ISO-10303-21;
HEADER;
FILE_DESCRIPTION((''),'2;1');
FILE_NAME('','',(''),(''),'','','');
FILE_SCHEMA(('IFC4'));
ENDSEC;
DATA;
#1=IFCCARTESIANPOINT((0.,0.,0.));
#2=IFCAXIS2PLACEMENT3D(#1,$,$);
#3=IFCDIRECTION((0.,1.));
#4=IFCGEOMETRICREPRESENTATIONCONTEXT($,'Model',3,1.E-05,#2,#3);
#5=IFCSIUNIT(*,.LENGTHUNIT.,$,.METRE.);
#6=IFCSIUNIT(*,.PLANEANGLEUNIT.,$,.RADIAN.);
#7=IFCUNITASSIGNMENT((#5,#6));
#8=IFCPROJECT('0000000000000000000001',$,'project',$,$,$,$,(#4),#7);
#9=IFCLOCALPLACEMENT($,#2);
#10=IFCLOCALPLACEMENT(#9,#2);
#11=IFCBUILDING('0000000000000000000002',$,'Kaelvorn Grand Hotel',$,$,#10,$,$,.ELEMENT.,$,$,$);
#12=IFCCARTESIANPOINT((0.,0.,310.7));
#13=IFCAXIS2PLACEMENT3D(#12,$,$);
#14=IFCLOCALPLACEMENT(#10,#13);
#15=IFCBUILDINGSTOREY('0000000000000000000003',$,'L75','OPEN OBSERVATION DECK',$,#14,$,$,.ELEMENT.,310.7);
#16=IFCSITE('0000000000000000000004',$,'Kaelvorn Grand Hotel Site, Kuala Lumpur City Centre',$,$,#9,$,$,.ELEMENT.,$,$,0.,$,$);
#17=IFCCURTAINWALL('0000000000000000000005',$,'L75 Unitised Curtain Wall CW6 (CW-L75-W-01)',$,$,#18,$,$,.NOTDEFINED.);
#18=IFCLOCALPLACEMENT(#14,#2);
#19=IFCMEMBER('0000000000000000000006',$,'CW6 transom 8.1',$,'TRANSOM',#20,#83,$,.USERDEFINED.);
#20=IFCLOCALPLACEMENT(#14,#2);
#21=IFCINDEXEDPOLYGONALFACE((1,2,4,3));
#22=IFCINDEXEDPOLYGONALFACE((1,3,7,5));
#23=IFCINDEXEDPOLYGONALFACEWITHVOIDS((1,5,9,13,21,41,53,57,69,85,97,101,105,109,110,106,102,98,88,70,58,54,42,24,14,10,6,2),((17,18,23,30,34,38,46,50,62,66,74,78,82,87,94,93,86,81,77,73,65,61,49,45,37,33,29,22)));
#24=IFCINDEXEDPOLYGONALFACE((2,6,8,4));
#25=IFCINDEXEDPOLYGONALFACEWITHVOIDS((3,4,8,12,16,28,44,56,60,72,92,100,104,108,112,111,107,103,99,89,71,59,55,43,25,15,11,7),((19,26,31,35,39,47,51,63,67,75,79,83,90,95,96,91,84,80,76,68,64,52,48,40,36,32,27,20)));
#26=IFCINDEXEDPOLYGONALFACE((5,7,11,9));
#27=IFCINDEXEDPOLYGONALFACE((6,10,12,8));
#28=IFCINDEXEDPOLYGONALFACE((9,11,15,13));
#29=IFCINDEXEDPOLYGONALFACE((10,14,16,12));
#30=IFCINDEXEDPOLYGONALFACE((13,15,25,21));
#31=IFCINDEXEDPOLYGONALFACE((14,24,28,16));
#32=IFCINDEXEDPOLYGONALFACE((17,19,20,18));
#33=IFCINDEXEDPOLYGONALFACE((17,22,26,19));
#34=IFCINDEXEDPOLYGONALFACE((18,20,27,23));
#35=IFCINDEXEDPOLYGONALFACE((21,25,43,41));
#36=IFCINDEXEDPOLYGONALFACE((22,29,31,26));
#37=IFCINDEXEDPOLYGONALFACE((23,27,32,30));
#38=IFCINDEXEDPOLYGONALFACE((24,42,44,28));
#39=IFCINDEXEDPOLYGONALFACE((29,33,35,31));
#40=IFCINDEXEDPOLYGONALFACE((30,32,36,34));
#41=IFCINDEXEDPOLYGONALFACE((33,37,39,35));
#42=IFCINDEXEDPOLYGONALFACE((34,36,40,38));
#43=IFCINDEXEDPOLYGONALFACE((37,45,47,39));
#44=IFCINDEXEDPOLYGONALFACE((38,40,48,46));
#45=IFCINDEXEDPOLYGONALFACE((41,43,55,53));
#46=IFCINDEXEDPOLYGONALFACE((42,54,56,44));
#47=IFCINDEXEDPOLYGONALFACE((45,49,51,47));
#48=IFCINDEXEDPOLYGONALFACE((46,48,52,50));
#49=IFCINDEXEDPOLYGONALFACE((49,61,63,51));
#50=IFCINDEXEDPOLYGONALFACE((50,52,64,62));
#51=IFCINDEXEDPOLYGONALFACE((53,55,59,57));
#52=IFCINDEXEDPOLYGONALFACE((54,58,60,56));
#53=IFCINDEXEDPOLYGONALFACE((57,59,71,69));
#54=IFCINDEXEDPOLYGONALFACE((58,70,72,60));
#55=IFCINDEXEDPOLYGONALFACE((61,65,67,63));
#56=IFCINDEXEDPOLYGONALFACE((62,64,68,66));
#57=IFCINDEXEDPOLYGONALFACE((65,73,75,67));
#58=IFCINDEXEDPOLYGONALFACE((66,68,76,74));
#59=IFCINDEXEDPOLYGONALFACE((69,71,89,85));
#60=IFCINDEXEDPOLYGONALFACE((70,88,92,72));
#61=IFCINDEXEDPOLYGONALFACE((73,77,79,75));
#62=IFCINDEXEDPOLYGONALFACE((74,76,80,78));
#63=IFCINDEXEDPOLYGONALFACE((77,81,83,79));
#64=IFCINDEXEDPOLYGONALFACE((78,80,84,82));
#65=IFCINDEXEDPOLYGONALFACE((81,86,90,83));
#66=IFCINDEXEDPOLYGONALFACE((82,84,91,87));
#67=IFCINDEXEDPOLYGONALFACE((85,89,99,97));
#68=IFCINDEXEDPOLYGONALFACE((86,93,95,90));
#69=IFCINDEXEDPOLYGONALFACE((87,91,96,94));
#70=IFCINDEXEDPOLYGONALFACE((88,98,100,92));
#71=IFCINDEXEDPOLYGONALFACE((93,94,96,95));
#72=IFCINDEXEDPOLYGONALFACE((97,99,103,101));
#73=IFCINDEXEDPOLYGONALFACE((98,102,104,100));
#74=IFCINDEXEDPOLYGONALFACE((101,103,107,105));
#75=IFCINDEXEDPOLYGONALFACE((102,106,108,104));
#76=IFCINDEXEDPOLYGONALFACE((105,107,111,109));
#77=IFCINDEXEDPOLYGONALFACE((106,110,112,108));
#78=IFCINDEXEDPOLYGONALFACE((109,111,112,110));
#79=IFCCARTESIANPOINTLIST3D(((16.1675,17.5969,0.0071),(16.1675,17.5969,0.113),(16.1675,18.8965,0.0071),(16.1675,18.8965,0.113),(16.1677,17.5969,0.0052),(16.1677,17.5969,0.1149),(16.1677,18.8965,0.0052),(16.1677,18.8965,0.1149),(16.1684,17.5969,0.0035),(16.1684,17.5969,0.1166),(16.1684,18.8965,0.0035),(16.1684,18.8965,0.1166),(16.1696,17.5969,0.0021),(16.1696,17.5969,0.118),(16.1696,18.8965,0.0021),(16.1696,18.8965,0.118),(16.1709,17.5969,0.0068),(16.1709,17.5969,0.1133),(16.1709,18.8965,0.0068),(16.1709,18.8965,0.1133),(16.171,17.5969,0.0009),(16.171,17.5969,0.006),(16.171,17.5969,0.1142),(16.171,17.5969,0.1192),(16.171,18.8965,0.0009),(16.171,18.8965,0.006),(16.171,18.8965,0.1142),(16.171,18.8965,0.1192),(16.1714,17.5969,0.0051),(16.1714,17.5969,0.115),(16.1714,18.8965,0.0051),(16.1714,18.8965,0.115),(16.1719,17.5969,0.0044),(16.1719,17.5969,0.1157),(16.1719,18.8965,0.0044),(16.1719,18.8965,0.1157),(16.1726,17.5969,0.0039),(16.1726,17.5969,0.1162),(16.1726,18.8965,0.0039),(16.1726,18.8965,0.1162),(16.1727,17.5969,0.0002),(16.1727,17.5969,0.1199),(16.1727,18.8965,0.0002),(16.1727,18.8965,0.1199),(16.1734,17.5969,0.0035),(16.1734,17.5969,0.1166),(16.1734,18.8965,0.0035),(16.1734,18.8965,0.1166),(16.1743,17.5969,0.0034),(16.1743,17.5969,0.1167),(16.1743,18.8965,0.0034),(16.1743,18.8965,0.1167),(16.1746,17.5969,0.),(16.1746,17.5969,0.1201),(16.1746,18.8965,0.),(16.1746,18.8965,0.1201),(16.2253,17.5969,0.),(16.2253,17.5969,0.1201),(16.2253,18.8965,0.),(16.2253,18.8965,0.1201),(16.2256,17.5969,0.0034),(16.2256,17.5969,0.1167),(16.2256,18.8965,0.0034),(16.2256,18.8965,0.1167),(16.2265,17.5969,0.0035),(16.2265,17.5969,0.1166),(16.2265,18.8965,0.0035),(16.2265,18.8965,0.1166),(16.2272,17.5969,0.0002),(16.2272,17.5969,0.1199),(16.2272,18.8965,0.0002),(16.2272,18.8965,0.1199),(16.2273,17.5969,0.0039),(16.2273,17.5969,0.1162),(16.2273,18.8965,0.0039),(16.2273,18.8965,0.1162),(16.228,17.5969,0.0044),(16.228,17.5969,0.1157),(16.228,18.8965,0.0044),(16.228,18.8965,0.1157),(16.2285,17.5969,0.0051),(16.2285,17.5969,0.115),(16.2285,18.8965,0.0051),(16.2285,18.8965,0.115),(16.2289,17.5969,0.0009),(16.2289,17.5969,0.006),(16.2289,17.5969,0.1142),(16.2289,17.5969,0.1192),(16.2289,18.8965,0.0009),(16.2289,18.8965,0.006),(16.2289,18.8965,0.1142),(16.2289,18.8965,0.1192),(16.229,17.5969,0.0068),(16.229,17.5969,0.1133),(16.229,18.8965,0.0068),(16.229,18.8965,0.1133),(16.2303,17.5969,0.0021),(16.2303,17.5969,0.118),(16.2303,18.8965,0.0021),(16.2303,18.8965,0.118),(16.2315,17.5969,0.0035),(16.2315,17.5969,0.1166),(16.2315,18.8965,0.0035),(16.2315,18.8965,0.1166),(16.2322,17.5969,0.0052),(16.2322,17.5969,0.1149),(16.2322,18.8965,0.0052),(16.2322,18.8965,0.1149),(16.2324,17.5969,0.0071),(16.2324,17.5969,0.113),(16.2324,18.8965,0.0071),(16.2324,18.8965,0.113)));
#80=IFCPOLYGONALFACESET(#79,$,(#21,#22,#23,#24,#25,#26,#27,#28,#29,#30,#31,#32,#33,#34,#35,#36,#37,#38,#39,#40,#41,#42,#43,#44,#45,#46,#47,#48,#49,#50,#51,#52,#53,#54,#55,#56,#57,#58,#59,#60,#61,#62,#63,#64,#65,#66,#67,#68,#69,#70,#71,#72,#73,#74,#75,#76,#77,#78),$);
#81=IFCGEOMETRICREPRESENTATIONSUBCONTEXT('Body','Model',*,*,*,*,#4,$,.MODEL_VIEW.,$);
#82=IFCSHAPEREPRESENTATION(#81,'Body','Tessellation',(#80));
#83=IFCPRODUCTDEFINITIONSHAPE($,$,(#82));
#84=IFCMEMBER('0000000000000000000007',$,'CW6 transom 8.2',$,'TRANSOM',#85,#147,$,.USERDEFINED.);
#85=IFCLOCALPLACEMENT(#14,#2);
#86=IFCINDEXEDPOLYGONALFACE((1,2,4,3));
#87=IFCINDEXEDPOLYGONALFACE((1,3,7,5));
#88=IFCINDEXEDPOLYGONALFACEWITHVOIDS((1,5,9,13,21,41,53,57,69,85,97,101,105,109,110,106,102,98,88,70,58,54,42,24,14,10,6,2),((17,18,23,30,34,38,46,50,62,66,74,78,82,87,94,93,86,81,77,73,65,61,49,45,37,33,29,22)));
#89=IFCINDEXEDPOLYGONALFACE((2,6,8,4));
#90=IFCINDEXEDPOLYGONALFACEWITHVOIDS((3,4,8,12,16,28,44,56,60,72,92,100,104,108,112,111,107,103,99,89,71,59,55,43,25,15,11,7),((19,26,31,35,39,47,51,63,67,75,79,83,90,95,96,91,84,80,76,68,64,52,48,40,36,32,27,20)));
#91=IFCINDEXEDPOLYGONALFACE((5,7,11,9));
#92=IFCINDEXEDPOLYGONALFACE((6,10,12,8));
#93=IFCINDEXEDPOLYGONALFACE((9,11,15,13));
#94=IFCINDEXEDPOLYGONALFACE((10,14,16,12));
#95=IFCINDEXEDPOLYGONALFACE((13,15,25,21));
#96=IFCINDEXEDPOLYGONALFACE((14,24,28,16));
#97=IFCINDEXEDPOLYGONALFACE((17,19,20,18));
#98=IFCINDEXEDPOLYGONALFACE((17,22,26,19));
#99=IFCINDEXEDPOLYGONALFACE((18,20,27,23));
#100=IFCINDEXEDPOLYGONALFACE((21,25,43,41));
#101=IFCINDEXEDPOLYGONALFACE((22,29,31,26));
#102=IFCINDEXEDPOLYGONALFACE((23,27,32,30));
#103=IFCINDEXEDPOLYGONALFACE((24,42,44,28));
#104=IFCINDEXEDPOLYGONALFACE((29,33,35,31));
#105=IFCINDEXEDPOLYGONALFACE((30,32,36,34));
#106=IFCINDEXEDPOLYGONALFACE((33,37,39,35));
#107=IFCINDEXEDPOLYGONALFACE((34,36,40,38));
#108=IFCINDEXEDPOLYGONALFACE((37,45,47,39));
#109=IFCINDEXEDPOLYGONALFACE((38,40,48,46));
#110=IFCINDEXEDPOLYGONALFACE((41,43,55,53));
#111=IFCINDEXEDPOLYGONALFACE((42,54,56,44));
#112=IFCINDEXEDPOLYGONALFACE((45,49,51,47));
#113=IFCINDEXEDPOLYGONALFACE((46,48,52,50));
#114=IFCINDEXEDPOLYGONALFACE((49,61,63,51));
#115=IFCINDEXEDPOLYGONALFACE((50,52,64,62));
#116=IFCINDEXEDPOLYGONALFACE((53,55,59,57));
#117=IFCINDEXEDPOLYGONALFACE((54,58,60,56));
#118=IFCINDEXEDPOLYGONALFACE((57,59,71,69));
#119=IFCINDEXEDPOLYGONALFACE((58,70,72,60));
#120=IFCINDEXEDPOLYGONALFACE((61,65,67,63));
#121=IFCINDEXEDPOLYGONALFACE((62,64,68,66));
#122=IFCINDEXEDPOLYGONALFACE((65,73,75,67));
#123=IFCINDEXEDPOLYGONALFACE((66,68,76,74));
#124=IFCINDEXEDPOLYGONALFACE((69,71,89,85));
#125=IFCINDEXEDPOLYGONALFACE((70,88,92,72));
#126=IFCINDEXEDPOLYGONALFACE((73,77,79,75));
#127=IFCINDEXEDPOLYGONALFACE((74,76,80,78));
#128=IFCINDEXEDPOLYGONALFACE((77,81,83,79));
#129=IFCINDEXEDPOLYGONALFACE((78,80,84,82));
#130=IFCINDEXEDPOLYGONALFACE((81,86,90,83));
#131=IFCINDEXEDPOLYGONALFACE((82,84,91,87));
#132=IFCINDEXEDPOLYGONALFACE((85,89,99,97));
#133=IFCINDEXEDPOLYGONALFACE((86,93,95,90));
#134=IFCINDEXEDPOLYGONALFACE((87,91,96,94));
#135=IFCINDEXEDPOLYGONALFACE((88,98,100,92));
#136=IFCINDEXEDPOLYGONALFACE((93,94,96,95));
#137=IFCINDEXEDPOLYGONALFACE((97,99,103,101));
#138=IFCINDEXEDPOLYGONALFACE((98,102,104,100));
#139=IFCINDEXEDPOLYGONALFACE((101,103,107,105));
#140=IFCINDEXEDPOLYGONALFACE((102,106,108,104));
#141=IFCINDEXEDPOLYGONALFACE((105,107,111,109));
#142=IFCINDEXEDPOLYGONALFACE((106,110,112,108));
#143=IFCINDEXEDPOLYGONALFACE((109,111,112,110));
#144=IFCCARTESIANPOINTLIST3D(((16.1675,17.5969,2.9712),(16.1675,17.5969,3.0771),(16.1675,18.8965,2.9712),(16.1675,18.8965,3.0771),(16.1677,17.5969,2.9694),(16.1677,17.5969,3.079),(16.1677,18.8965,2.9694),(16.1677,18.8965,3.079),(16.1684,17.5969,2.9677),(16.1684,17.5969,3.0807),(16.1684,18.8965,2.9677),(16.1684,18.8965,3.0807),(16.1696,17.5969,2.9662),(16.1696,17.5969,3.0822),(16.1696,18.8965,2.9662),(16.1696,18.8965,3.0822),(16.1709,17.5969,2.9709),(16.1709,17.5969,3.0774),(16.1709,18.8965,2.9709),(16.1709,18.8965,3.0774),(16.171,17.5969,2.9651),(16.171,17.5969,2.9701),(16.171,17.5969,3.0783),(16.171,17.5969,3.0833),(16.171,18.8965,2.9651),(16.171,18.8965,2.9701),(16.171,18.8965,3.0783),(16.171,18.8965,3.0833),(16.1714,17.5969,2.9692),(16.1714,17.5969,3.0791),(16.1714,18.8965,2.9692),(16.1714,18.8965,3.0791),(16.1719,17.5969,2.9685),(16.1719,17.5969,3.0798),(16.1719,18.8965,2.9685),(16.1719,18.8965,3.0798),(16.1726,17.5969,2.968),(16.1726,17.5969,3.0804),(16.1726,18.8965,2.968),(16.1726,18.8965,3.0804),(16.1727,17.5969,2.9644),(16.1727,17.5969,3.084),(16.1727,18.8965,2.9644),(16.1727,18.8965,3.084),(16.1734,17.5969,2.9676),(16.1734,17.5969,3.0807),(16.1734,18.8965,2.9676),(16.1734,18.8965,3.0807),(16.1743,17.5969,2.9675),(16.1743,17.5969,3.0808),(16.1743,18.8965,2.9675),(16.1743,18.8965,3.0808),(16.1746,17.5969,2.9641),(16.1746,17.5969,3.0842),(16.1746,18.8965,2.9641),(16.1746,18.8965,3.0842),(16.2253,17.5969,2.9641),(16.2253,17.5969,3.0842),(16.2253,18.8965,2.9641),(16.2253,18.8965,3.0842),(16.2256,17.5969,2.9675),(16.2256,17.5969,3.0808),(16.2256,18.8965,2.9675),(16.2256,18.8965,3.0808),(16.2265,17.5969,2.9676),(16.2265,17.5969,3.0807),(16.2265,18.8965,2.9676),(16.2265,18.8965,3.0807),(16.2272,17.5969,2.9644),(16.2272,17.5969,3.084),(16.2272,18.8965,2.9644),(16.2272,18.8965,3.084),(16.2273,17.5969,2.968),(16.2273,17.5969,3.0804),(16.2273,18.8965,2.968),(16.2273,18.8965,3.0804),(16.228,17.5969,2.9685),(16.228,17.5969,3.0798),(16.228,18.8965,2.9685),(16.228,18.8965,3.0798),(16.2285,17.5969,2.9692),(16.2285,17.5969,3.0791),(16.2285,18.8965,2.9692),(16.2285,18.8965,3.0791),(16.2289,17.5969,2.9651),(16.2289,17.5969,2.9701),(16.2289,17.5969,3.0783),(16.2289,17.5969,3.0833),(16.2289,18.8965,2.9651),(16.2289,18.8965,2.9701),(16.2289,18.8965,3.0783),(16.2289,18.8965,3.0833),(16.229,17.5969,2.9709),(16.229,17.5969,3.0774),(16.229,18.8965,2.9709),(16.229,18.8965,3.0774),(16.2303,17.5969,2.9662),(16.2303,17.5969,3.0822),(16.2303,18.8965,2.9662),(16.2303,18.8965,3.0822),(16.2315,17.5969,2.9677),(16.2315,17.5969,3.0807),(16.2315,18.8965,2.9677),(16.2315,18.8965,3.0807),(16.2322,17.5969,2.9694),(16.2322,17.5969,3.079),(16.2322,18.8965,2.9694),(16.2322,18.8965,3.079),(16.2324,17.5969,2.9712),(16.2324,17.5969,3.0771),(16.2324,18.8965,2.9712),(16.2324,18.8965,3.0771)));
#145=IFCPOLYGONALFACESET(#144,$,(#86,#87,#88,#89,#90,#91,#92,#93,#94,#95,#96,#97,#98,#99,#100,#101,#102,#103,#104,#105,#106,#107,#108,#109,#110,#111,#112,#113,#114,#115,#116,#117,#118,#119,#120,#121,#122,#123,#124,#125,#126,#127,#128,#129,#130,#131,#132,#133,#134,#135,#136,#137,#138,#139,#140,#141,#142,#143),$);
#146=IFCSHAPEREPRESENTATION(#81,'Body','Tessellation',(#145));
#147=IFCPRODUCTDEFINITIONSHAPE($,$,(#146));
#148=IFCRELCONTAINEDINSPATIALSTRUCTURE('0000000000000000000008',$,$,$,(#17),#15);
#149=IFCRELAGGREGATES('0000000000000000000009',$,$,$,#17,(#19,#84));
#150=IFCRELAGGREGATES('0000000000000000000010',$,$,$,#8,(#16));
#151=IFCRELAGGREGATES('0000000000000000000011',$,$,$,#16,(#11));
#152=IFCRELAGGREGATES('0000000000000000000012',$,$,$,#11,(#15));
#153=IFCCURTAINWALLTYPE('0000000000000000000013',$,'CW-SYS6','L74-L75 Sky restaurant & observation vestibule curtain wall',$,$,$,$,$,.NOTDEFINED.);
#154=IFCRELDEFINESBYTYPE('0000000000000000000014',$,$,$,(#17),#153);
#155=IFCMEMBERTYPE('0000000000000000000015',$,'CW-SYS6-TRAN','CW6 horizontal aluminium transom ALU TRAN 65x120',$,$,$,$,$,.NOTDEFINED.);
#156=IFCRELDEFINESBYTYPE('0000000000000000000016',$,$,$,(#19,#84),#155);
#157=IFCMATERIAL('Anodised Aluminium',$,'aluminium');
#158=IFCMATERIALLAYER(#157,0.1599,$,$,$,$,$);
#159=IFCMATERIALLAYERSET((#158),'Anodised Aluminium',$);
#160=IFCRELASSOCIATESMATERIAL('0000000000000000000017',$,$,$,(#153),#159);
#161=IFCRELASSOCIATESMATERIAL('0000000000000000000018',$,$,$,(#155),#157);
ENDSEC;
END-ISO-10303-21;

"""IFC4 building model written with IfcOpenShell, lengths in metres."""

from ifc_helpers import new_model, si_unit, direction, frame, origin, origin_2d, place, context, subcontext, project, spatial, hollow_rectangle, extrude, material, layer, layer_set, material_profile, profile_set, type_object, element, aggregate, save


model = new_model("IFC4")

# Units and contexts
model_context = context("Model", 3, precision=1e-05, world=origin(), true_north=direction((0.0, 1.0)))
body_context = subcontext(model_context, "Body", "Model", "MODEL_VIEW")
ifc_project = project(units=[si_unit("LENGTHUNIT", "METRE"), si_unit("PLANEANGLEUNIT", "RADIAN")], contexts=[model_context])

# Site, building, storey
site_placement = place(None, origin())
site = spatial("IfcSite", under=ifc_project, at=site_placement, Name="Kaelvorn Grand Hotel Site, Kuala Lumpur City Centre", CompositionType="ELEMENT", RefElevation=0.0)
building_placement = place(site_placement, origin())
building = spatial("IfcBuilding", under=site, at=building_placement, Name="Kaelvorn Grand Hotel", CompositionType="ELEMENT")
storey_placement = place(building_placement, frame((0.0, 0.0, 310.7)))
storey = spatial("IfcBuildingStorey", under=building, at=storey_placement, Name="L75", Description="OPEN OBSERVATION DECK", CompositionType="ELEMENT", Elevation=310.7)

# Curtain wall
ifc_material_1 = material(Name="Anodised Aluminium", Category="aluminium")
ifc_layer_1 = layer(ifc_material_1, 0.1599)
ifc_layer_set_1 = layer_set([ifc_layer_1], Name="Anodised Aluminium")
curtain_wall_type = type_object("IfcCurtainWallType", Name="CW-SYS6", Description="L74-L75 Sky restaurant & observation vestibule curtain wall", PredefinedType="NOTDEFINED", material=ifc_layer_set_1)
curtain_wall_1_placement = place(storey_placement, origin())
curtain_wall_1 = element("IfcCurtainWall", 1, at=curtain_wall_1_placement, inside=storey, type_object=curtain_wall_type, Name="L75 Unitised Curtain Wall CW6 (CW-L75-W-01)", PredefinedType="NOTDEFINED")

# Members
ifc_material_profile_1 = material_profile(ifc_material_1, hollow_rectangle(XDim=0.0649, YDim=0.1201, WallThickness=0.0034, InnerFilletRadius=0.0034, OuterFilletRadius=0.0071, at=origin_2d()), Name="ALU TRAN 65x120")
ifc_profile_set_1 = profile_set([ifc_material_profile_1], Name="Anodised Aluminium")
member_type_1 = type_object("IfcMemberType", Name="CW-SYS6-TRAN", Description="CW6 horizontal aluminium transom ALU TRAN 65x120", PredefinedType="NOTDEFINED", material=ifc_profile_set_1)
member_1_placement = place(storey_placement, frame((16.2, 18.8965, 0.0601), z_axis=(0.0, -1.0, 0.0), x_axis=(1.0, 0.0, 0.0)))
member_1 = element("IfcMember", 2, at=member_1_placement, type_object=member_type_1, Name="CW6 transom 8.1", ObjectType="TRANSOM", PredefinedType="USERDEFINED", context=body_context, shape_type="SweptSolid", body=[
    extrude(hollow_rectangle(XDim=0.0649, YDim=0.1201, WallThickness=0.0034, InnerFilletRadius=0.0034, OuterFilletRadius=0.0071, at=origin_2d()), origin(), (0.0, 0.0, 1.0), 1.2996),
])
member_2_placement = place(storey_placement, frame((16.2, 18.8965, 3.0242), z_axis=(0.0, -1.0, 0.0), x_axis=(1.0, 0.0, 0.0)))
member_2 = element("IfcMember", 3, at=member_2_placement, type_object=member_type_1, Name="CW6 transom 8.2", ObjectType="TRANSOM", PredefinedType="USERDEFINED", context=body_context, shape_type="SweptSolid", body=[
    extrude(hollow_rectangle(XDim=0.0649, YDim=0.1201, WallThickness=0.0034, InnerFilletRadius=0.0034, OuterFilletRadius=0.0071, at=origin_2d()), origin(), (0.0, 0.0, 1.0), 1.2996),
])

aggregate(curtain_wall_1, [member_1, member_2])

save(model, "model.ifc")
